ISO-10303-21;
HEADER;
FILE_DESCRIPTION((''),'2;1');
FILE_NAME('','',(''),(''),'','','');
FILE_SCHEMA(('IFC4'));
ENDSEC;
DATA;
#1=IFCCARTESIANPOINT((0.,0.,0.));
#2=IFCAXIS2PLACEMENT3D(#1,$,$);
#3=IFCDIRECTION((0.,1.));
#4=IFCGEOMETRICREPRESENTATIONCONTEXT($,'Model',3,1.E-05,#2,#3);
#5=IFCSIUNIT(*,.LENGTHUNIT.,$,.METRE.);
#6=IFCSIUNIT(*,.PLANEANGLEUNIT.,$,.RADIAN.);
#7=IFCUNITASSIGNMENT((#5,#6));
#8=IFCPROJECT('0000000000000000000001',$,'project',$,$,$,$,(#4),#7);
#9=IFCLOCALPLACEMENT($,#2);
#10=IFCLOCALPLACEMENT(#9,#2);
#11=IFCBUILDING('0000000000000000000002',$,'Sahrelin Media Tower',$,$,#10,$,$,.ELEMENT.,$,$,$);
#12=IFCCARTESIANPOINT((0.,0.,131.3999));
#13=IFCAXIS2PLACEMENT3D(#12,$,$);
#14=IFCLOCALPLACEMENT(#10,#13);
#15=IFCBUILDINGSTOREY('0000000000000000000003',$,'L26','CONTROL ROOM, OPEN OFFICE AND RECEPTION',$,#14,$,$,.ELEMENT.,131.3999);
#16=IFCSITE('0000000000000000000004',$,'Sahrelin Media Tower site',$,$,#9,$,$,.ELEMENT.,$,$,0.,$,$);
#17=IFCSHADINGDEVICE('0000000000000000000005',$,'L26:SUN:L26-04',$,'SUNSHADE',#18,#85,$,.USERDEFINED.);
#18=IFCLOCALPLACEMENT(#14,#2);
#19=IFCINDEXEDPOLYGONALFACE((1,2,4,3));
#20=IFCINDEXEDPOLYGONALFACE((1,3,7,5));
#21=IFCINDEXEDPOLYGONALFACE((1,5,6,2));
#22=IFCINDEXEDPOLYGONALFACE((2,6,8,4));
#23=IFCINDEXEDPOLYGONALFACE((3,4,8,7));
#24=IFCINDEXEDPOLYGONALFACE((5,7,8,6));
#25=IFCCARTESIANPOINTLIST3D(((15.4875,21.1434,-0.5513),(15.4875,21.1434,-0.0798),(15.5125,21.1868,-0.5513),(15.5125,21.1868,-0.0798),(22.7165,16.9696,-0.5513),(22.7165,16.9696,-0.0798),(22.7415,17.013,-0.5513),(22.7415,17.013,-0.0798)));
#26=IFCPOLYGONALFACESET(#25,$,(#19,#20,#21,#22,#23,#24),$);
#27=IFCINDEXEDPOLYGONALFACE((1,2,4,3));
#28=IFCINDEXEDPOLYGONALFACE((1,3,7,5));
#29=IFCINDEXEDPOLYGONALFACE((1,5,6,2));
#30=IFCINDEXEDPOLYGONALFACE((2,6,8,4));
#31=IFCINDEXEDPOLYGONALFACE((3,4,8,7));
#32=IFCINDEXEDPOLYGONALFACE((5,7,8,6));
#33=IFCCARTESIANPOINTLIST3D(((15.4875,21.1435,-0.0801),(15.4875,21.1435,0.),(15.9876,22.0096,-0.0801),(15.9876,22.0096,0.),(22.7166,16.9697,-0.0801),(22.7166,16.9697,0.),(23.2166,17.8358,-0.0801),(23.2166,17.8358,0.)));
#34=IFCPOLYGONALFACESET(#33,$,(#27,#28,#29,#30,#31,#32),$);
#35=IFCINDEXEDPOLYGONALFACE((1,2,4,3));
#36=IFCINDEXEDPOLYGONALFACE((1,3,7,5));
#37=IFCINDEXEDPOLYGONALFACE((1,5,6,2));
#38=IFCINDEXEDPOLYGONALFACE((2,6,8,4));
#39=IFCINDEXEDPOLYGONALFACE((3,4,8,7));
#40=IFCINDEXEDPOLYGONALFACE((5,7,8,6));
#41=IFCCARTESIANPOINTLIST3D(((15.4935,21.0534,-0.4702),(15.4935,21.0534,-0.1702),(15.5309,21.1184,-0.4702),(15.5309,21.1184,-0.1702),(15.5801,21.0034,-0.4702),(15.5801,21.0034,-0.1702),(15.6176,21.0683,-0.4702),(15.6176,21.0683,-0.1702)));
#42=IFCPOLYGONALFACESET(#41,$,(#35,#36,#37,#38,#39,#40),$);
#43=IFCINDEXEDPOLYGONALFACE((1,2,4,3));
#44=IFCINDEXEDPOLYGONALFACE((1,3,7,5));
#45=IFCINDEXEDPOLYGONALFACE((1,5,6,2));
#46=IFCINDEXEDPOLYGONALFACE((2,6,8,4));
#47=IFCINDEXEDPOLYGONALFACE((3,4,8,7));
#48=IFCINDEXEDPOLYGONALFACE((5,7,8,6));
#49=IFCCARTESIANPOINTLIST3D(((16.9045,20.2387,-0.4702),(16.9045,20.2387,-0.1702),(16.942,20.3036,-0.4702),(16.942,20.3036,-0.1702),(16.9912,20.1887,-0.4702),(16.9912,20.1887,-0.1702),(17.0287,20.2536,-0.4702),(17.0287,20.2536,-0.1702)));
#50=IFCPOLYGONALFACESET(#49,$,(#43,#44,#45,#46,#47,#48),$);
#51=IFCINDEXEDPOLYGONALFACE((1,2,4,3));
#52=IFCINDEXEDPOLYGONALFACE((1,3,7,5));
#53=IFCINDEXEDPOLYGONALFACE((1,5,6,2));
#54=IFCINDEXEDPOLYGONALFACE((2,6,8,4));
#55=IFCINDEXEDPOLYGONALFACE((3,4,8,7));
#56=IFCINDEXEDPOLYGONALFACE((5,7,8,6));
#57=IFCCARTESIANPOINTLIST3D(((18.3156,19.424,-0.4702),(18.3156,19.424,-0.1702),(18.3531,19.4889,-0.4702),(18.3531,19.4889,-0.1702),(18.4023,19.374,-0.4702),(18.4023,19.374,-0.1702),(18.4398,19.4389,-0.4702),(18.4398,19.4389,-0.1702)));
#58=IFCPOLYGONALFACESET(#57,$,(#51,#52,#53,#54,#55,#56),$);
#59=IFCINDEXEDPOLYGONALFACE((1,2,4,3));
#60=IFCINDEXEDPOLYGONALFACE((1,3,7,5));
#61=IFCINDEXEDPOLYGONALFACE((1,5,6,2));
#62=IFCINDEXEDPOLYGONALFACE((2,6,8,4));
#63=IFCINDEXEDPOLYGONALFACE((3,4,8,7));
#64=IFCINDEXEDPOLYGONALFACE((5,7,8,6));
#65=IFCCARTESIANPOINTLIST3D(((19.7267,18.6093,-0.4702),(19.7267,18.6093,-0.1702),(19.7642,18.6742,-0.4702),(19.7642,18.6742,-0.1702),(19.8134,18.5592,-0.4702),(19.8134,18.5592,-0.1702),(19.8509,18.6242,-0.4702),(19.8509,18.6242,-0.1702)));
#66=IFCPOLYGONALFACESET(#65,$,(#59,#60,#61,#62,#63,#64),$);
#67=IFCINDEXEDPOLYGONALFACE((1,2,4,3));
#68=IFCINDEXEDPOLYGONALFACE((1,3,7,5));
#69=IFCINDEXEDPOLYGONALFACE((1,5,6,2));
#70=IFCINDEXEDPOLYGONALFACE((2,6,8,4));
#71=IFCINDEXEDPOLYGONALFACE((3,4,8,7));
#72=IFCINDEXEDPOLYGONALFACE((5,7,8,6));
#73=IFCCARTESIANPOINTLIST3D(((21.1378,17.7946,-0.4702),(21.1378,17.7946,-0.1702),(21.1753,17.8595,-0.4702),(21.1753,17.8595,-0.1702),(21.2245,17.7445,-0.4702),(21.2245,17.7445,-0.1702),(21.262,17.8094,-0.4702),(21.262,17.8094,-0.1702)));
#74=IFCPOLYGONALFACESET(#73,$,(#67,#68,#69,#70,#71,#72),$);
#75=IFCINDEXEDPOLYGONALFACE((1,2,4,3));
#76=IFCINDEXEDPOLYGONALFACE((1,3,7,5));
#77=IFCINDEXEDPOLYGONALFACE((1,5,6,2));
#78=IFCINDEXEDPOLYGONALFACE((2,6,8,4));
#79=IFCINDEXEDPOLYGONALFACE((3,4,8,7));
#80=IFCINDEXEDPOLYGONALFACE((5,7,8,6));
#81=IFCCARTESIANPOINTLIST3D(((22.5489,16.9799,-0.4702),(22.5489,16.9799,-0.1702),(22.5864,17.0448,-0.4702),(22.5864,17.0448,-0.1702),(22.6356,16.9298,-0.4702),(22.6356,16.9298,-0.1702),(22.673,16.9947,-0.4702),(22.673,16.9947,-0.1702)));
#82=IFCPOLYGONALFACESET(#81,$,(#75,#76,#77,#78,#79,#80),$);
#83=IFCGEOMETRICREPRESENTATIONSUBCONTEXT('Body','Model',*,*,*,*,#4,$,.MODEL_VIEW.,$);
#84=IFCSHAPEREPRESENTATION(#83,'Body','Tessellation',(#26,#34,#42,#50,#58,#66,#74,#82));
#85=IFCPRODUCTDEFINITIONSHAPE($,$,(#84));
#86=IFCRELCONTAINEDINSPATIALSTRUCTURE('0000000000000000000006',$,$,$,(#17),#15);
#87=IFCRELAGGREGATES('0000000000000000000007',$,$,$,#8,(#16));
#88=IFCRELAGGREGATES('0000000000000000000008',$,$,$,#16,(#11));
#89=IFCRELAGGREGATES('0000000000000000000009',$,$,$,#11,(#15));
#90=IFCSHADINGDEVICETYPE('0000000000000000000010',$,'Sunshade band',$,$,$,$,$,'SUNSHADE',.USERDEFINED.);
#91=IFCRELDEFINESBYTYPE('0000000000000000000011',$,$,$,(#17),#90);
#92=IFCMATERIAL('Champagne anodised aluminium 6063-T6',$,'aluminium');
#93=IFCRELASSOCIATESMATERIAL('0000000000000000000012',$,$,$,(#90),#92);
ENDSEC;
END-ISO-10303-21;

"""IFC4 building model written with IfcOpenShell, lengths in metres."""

from ifc_helpers import new_model, si_unit, direction, frame, origin, origin_2d, place, context, subcontext, project, spatial, rectangle, extrude, material, type_object, element, save


model = new_model("IFC4")

# Units and contexts
model_context = context("Model", 3, precision=1e-05, world=origin(), true_north=direction((0.0, 1.0)))
body_context = subcontext(model_context, "Body", "Model", "MODEL_VIEW")
ifc_project = project(units=[si_unit("LENGTHUNIT", "METRE"), si_unit("PLANEANGLEUNIT", "RADIAN")], contexts=[model_context])

# Site, building, storey
site_placement = place(None, origin())
site = spatial("IfcSite", under=ifc_project, at=site_placement, Name="Sahrelin Media Tower site", CompositionType="ELEMENT", RefElevation=0.0)
building_placement = place(site_placement, origin())
building = spatial("IfcBuilding", under=site, at=building_placement, Name="Sahrelin Media Tower", CompositionType="ELEMENT")
storey_placement = place(building_placement, frame((0.0, 0.0, 131.3999)))
storey = spatial("IfcBuildingStorey", under=building, at=storey_placement, Name="L26", Description="CONTROL ROOM, OPEN OFFICE AND RECEPTION", CompositionType="ELEMENT", Elevation=131.3999)

# Shared definitions
ifc_material_1 = material(Name="Champagne anodised aluminium 6063-T6", Category="aluminium")

# Shading device
placement_1 = place(storey_placement, frame((19.092, 19.0393, 0.0), z_axis=(0.0, 0.0, 1.0), x_axis=(0.866019, -0.500011, 0.0)))
shading_device_type_1 = type_object("IfcShadingDeviceType", Name="Sunshade band", ElementType="SUNSHADE", PredefinedType="USERDEFINED", material=ifc_material_1)
element("IfcShadingDevice", 1, at=placement_1, inside=storey, type_object=shading_device_type_1, Name="L26:SUN:L26-04", ObjectType="SUNSHADE", PredefinedType="USERDEFINED", context=body_context, shape_type="SweptSolid", body=[
    extrude(rectangle(XDim=8.3474, YDim=0.05, at=origin_2d()), frame((0.0, 0.0449, -0.5513)), (0.0, 0.0, 1.0), 0.4714),
    extrude(rectangle(XDim=8.3474, YDim=1.0, at=origin_2d()), frame((0.0, 0.52, -0.0801)), (0.0, 0.0, 1.0), 0.0801),
    extrude(rectangle(XDim=0.1001, YDim=0.075, at=origin_2d()), frame((-4.0735, -0.0176, -0.4702)), (0.0, 0.0, 1.0), 0.3),
    extrude(rectangle(XDim=0.1001, YDim=0.075, at=origin_2d()), frame((-2.4441, -0.0176, -0.4702)), (0.0, 0.0, 1.0), 0.3),
    extrude(rectangle(XDim=0.1001, YDim=0.075, at=origin_2d()), frame((-0.8147, -0.0176, -0.4702)), (0.0, 0.0, 1.0), 0.3),
    extrude(rectangle(XDim=0.1001, YDim=0.075, at=origin_2d()), frame((0.8147, -0.0176, -0.4702)), (0.0, 0.0, 1.0), 0.3),
    extrude(rectangle(XDim=0.1001, YDim=0.075, at=origin_2d()), frame((2.4441, -0.0176, -0.4702)), (0.0, 0.0, 1.0), 0.3),
    extrude(rectangle(XDim=0.1001, YDim=0.075, at=origin_2d()), frame((4.0735, -0.0176, -0.4702)), (0.0, 0.0, 1.0), 0.3),
])

save(model, "model.ifc")
